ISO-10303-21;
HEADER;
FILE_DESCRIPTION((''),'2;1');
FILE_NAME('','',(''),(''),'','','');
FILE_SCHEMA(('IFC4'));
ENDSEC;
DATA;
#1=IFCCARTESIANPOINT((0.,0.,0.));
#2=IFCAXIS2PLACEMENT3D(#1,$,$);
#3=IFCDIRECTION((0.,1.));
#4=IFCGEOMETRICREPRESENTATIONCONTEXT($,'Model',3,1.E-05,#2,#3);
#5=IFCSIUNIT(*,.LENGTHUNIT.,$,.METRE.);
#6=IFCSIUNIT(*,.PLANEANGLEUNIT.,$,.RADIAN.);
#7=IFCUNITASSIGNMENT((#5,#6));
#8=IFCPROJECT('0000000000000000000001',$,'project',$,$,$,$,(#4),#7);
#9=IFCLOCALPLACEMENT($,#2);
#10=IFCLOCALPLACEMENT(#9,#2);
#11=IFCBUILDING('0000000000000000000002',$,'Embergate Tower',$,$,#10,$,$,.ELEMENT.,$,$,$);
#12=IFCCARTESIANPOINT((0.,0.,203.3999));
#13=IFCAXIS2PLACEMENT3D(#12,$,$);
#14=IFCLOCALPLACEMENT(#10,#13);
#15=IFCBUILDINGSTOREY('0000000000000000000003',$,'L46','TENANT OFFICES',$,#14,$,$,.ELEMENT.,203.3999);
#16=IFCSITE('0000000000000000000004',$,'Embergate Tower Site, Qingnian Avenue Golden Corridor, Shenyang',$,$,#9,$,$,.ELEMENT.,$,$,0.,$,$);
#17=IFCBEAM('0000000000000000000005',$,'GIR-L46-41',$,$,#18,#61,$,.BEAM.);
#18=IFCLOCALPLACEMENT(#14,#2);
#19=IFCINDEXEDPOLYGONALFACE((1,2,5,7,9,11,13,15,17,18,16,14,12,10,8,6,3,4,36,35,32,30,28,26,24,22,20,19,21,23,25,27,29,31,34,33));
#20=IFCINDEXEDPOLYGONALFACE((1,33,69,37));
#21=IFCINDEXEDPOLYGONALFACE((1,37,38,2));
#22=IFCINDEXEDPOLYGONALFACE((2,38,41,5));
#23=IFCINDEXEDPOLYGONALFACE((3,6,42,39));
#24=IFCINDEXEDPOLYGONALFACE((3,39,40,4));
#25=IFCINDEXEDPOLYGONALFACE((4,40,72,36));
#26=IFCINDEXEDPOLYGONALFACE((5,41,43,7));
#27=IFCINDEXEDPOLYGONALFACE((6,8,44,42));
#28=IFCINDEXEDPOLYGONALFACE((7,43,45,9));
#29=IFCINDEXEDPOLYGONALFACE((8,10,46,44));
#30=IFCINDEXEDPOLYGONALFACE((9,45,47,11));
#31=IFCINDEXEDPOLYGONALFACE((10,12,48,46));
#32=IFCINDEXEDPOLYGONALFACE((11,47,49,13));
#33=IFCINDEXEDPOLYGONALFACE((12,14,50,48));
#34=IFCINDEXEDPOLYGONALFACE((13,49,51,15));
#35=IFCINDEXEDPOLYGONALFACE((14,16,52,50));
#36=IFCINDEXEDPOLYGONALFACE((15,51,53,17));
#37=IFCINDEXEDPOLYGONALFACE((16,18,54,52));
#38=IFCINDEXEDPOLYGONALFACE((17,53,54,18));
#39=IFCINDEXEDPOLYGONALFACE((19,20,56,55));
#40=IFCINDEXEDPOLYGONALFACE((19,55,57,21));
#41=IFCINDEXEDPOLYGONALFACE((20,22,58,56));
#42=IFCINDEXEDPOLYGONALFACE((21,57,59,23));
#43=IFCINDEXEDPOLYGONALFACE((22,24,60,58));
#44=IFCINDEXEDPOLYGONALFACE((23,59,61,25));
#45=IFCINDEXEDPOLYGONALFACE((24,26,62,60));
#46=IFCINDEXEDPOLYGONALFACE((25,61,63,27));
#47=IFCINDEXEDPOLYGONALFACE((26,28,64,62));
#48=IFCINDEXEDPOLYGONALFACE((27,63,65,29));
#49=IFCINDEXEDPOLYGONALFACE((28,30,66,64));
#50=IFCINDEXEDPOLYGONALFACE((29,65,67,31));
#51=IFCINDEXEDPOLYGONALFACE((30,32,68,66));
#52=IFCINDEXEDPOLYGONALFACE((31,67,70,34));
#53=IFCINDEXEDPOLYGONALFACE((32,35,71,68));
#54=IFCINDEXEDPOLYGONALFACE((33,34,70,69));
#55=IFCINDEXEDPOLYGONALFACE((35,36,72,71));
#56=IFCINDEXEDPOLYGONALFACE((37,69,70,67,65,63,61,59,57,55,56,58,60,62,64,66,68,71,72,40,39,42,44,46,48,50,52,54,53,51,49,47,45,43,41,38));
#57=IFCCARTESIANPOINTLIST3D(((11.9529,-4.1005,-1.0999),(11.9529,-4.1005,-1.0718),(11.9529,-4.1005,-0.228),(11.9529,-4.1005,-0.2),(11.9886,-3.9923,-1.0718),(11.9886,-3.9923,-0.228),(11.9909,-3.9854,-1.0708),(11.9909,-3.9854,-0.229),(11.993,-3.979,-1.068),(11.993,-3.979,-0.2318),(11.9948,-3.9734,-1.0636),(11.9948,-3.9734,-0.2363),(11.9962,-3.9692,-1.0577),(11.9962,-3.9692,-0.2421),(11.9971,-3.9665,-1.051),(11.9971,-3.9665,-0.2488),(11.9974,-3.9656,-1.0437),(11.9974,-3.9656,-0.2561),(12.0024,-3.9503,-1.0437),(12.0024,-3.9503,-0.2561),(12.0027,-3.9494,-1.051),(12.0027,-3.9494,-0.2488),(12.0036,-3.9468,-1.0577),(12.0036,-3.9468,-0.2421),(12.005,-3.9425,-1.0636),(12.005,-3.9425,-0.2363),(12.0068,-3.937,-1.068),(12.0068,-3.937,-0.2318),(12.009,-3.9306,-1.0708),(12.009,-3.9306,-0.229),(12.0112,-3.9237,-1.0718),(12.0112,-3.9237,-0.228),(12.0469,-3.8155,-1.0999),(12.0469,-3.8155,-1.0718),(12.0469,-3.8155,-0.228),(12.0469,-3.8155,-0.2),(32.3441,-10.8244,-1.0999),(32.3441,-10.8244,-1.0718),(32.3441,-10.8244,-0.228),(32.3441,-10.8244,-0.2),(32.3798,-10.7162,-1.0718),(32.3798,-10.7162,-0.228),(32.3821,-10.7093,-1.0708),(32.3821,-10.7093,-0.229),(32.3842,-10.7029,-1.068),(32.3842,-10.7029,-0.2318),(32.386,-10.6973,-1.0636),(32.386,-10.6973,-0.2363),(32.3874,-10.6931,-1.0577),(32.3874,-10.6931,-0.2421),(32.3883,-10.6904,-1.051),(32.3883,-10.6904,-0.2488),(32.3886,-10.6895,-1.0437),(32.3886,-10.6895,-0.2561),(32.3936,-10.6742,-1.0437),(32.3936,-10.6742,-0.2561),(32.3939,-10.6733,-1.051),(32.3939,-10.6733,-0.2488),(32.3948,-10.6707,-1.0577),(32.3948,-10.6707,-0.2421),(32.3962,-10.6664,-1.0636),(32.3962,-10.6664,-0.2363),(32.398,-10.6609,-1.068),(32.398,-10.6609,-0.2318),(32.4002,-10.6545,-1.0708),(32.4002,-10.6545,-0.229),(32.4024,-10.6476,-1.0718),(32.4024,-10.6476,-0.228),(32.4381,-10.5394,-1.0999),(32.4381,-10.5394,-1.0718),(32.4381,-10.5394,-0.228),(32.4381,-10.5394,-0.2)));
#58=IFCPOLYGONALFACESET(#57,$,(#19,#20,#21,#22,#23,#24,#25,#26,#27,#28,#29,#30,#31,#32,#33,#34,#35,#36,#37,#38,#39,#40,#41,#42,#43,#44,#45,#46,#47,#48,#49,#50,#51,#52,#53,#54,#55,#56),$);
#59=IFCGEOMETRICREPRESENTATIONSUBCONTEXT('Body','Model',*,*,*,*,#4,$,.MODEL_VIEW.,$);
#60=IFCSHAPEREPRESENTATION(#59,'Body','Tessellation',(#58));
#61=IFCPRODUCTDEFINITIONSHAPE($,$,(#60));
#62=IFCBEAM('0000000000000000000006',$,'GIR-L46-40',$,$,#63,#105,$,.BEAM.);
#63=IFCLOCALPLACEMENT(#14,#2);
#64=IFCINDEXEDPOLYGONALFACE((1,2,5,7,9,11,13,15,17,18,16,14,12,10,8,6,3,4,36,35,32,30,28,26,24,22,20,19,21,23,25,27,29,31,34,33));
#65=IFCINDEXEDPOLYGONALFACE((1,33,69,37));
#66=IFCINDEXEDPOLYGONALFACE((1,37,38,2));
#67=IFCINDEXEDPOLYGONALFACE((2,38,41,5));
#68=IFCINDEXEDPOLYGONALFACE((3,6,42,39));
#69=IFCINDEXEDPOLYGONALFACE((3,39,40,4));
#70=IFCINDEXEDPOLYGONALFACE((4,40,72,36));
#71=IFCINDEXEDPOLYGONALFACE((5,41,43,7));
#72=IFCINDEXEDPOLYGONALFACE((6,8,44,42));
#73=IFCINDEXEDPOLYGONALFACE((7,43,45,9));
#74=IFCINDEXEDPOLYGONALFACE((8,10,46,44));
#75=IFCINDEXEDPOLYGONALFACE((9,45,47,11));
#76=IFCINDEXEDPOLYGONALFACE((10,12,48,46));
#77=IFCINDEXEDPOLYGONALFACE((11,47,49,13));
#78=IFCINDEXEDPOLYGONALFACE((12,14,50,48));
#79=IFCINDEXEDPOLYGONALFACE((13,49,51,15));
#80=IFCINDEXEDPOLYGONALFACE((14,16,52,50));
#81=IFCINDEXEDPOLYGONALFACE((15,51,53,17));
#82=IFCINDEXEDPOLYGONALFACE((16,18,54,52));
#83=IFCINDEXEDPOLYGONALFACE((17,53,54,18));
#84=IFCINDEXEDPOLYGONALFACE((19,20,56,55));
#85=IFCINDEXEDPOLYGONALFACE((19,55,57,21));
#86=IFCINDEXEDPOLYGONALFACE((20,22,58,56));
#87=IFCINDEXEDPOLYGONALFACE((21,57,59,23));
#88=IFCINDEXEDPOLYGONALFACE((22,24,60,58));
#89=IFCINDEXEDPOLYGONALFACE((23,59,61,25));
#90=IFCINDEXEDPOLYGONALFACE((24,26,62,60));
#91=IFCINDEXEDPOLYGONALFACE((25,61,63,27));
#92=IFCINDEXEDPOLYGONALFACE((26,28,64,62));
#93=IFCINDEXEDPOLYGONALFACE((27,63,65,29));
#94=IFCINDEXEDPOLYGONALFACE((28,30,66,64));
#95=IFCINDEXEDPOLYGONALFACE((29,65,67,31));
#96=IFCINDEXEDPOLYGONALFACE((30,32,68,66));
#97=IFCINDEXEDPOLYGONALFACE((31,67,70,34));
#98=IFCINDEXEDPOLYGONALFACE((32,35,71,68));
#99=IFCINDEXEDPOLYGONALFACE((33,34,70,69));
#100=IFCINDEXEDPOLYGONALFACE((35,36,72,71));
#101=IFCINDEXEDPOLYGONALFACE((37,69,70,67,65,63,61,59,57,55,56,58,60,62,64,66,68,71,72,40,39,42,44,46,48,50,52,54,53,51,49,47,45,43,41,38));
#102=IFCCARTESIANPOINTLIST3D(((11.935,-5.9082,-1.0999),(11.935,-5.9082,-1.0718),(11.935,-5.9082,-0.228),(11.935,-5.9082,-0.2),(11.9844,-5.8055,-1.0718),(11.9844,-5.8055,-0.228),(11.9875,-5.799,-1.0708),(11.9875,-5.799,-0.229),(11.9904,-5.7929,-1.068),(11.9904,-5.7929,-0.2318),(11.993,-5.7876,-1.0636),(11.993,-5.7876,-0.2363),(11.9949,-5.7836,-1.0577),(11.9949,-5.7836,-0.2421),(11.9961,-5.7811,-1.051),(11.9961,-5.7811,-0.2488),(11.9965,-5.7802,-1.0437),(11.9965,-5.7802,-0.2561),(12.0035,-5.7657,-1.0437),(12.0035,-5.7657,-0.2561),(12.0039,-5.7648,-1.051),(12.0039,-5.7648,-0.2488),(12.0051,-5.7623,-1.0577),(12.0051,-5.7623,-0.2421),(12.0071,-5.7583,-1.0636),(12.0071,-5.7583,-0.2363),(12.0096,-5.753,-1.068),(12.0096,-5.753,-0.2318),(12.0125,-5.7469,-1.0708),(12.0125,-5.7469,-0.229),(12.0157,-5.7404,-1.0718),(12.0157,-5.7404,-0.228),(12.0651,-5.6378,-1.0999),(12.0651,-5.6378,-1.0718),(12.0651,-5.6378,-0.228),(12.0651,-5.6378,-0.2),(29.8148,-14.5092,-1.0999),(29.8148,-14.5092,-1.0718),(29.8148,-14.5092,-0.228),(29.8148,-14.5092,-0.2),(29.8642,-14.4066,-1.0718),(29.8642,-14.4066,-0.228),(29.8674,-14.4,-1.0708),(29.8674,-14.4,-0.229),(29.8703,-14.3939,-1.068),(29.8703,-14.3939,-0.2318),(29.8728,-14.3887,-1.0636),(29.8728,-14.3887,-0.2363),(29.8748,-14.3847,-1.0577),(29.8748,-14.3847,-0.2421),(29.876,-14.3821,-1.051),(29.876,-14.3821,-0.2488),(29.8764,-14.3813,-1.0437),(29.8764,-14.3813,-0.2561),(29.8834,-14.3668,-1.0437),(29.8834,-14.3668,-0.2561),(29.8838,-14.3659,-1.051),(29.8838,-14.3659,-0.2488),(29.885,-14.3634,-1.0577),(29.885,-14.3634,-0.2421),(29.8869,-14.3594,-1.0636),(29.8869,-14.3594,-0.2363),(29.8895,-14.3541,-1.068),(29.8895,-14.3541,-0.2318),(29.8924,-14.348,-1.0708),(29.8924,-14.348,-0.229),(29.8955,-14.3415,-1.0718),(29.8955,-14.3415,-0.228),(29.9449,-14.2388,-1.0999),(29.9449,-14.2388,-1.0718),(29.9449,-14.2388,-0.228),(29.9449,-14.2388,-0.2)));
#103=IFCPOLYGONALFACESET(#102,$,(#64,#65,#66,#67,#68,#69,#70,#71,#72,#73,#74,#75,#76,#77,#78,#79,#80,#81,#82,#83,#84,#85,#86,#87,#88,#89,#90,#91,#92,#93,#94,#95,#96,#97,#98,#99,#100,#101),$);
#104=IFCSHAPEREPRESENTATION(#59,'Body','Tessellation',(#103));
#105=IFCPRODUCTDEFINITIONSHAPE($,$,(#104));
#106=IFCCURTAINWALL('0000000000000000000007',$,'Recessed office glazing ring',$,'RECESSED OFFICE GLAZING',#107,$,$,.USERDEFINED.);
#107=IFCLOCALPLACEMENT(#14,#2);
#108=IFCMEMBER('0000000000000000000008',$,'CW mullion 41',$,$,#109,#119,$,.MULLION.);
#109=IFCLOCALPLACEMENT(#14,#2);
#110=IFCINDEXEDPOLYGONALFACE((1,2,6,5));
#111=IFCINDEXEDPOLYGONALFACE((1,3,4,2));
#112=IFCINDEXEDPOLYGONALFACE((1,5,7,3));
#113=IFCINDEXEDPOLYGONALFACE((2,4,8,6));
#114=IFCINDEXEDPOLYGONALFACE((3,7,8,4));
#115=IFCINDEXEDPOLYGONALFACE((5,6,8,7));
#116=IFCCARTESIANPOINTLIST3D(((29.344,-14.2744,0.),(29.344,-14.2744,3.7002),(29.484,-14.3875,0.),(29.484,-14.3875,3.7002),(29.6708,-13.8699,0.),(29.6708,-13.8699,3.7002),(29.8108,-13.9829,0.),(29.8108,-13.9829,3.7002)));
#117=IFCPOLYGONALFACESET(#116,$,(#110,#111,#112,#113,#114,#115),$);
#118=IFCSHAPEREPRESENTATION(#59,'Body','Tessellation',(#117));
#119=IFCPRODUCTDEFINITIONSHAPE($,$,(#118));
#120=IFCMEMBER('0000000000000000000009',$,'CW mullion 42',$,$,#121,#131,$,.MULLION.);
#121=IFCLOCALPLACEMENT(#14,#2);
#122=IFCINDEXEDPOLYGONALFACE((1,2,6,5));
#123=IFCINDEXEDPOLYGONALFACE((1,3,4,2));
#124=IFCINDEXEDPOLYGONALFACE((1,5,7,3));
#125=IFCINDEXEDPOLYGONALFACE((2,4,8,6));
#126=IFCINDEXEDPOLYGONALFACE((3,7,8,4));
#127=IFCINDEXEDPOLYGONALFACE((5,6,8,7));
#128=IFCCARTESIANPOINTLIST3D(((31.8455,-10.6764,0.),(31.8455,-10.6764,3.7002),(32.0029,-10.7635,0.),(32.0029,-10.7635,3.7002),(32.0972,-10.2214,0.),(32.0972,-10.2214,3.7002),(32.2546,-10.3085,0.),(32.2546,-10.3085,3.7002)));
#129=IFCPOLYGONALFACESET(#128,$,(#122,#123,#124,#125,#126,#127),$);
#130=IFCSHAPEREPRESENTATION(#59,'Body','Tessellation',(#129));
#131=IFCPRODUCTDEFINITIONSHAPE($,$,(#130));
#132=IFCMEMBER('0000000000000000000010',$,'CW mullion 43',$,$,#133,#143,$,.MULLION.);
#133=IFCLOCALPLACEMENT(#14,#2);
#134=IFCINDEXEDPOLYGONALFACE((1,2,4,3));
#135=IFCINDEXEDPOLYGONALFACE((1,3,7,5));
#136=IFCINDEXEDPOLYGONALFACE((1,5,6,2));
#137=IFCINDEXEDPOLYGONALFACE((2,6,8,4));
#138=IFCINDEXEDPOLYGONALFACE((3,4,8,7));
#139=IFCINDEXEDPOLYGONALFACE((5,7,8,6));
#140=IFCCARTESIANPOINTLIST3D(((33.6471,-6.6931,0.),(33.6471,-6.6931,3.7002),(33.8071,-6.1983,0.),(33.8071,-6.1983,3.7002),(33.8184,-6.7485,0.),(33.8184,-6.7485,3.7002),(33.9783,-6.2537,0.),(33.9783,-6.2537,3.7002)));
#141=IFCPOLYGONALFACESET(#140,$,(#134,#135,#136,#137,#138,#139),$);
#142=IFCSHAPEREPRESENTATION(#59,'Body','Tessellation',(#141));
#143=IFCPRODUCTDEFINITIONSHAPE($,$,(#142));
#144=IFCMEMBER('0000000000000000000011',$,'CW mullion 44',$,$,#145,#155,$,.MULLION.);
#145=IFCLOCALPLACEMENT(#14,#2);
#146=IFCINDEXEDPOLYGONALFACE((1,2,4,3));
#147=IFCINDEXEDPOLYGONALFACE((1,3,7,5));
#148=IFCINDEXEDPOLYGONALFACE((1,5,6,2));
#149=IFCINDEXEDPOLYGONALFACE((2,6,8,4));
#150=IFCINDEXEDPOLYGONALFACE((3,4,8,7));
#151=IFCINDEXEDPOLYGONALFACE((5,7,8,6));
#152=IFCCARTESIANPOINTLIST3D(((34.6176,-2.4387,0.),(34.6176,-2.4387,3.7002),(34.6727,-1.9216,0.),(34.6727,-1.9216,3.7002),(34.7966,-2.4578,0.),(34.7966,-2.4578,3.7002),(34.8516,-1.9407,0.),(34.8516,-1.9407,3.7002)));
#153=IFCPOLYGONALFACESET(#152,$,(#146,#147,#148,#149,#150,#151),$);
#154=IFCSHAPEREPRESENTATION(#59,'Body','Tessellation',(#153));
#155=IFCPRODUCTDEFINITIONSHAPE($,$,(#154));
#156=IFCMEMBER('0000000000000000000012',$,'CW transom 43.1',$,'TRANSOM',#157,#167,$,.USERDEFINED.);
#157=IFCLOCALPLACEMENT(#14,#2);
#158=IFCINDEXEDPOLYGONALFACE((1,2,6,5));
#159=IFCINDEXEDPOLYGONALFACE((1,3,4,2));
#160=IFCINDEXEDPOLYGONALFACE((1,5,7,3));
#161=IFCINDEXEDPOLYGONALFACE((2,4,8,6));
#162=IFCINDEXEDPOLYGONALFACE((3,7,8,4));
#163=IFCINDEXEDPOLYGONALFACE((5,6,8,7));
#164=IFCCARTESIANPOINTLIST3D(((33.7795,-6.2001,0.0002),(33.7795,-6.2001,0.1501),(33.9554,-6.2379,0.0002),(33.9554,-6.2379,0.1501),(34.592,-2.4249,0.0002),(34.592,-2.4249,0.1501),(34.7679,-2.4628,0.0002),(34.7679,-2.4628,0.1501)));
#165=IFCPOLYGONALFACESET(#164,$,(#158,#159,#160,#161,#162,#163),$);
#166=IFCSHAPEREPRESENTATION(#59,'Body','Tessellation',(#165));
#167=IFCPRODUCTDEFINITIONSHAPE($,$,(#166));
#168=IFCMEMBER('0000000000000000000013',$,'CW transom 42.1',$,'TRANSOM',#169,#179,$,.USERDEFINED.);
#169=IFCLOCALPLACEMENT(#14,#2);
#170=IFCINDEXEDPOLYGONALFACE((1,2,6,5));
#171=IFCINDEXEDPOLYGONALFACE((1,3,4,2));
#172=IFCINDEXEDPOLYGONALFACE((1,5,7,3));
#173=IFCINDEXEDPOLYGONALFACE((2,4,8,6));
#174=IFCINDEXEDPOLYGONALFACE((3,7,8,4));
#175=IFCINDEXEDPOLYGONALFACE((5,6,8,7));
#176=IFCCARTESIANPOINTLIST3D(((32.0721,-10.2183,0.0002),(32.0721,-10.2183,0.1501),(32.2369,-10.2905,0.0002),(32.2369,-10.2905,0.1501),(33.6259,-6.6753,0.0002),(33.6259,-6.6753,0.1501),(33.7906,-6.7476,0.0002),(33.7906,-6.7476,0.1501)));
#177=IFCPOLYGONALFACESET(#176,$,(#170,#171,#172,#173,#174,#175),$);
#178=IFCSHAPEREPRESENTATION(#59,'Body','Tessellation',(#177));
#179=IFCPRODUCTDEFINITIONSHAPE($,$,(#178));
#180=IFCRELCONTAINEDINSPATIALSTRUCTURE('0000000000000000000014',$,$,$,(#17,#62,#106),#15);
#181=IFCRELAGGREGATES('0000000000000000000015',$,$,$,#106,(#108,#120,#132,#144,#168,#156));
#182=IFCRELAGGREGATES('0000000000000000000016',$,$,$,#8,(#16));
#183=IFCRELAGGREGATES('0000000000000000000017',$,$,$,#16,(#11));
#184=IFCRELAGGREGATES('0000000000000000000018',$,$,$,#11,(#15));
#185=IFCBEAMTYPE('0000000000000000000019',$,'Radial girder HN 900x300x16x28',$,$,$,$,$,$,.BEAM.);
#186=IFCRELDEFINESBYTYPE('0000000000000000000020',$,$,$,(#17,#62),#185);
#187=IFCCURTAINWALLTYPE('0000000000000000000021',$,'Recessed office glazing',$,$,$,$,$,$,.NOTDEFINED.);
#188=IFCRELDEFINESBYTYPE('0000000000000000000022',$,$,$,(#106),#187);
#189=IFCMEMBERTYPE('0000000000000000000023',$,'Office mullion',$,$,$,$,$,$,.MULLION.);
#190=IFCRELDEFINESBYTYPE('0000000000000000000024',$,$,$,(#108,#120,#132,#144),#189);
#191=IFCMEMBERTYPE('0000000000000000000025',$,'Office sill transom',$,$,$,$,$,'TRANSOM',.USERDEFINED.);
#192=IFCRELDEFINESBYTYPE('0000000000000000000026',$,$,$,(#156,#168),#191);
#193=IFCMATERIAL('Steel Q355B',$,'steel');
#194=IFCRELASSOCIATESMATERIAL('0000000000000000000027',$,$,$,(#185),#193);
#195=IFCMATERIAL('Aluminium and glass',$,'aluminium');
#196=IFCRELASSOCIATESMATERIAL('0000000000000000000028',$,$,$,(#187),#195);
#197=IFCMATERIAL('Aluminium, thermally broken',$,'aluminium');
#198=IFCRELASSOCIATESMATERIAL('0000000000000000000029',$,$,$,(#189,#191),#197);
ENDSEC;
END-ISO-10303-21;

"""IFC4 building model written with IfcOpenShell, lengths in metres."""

from ifc_helpers import new_model, si_unit, direction, frame, origin, origin_2d, place, context, subcontext, project, spatial, rectangle, i_section, extrude, source, transform, mapped, material, material_profile, profile_set, type_object, element, aggregate, save


model = new_model("IFC4")

# Units and contexts
model_context = context("Model", 3, precision=1e-05, world=origin(), true_north=direction((0.0, 1.0)))
body_context = subcontext(model_context, "Body", "Model", "MODEL_VIEW")
ifc_project = project(units=[si_unit("LENGTHUNIT", "METRE"), si_unit("PLANEANGLEUNIT", "RADIAN")], contexts=[model_context])

# Site, building, storey
site_placement = place(None, origin())
site = spatial("IfcSite", under=ifc_project, at=site_placement, Name="Embergate Tower Site, Qingnian Avenue Golden Corridor, Shenyang", CompositionType="ELEMENT", RefElevation=0.0)
building_placement = place(site_placement, origin())
building = spatial("IfcBuilding", under=site, at=building_placement, Name="Embergate Tower", CompositionType="ELEMENT")
storey_placement = place(building_placement, frame((0.0, 0.0, 203.3999)))
storey = spatial("IfcBuildingStorey", under=building, at=storey_placement, Name="L46", Description="TENANT OFFICES", CompositionType="ELEMENT", Elevation=203.3999)

# Beams
ifc_material_1 = material(Name="Steel Q355B", Category="steel")
ifc_material_profile_1 = material_profile(ifc_material_1, i_section(OverallWidth=0.3, OverallDepth=0.8999, WebThickness=0.0161, FlangeThickness=0.0281, FilletRadius=0.0281, at=origin_2d()), Name="HN 900x300x16x28")
ifc_profile_set_1 = profile_set([ifc_material_profile_1], Name="Steel Q355 grade B")
beam_type_1 = type_object("IfcBeamType", Name="Radial girder HN 900x300x16x28", PredefinedType="BEAM", material=ifc_profile_set_1)
shared_shape_1 = source(origin(), body_context, "Body", "SweptSolid", [
    extrude(i_section(OverallWidth=0.3, OverallDepth=0.8999, WebThickness=0.0161, FlangeThickness=0.0281, FilletRadius=0.0281, at=origin_2d()), origin(), (0.0, 0.0, 1.0), 21.4712),
])
beam_1_placement = place(storey_placement, frame((32.3911, -10.6819, -0.6499), z_axis=(-0.949701, 0.313159, 0.0), x_axis=(-0.313159, -0.949701, 0.0)))
element("IfcBeam", 1, at=beam_1_placement, inside=storey, type_object=beam_type_1, Name="GIR-L46-41", PredefinedType="BEAM", context=body_context, shape_type="MappedRepresentation", body=[
    mapped(shared_shape_1, transform((0.0, 0.0, 0.0))),
])
shared_shape_2 = source(origin(), body_context, "Body", "SweptSolid", [
    extrude(i_section(OverallWidth=0.3, OverallDepth=0.8999, WebThickness=0.0161, FlangeThickness=0.0281, FilletRadius=0.0281, at=origin_2d()), origin(), (0.0, 0.0, 1.0), 19.8411),
])
beam_2_placement = place(storey_placement, frame((29.8799, -14.374, -0.6499), z_axis=(-0.901154, 0.433498, 0.0), x_axis=(-0.433498, -0.901154, 0.0)))
element("IfcBeam", 2, at=beam_2_placement, inside=storey, type_object=beam_type_1, Name="GIR-L46-40", PredefinedType="BEAM", context=body_context, shape_type="MappedRepresentation", body=[
    mapped(shared_shape_2, transform((0.0, 0.0, 0.0))),
])

# Curtain wall, members
ifc_material_2 = material(Name="Aluminium and glass", Category="aluminium")
curtain_wall_type = type_object("IfcCurtainWallType", Name="Recessed office glazing", PredefinedType="NOTDEFINED", material=ifc_material_2)
curtain_wall_placement = place(storey_placement, origin())
curtain_wall = element("IfcCurtainWall", 3, at=curtain_wall_placement, inside=storey, type_object=curtain_wall_type, Name="Recessed office glazing ring", ObjectType="RECESSED OFFICE GLAZING", PredefinedType="USERDEFINED")
ifc_material_3 = material(Name="Aluminium, thermally broken", Category="aluminium")
ifc_material_profile_2 = material_profile(ifc_material_3, rectangle(XDim=0.1799, YDim=0.52, at=origin_2d()), Name="AL 520x180")
ifc_profile_set_2 = profile_set([ifc_material_profile_2], Name="Aluminium, thermally broken")
member_type_1 = type_object("IfcMemberType", Name="Office mullion", PredefinedType="MULLION", material=ifc_profile_set_2)
shared_shape_3 = source(origin(), body_context, "Body", "SweptSolid", [
    extrude(rectangle(XDim=0.1799, YDim=0.52, at=origin_2d()), origin(), (0.0, 0.0, 1.0), 3.7002),
])
member_1_placement = place(storey_placement, frame((29.5774, -14.1287, 0.0), z_axis=(0.0, 0.0, 1.0), x_axis=(-0.777879, 0.628414, 0.0)))
member_1 = element("IfcMember", 4, at=member_1_placement, type_object=member_type_1, Name="CW mullion 41", PredefinedType="MULLION", context=body_context, shape_type="MappedRepresentation", body=[
    mapped(shared_shape_3, transform((0.0, 0.0, 0.0))),
])
member_2_placement = place(storey_placement, frame((32.05, -10.4924, 0.0), z_axis=(0.0, 0.0, 1.0), x_axis=(-0.875006, 0.484112, 0.0)))
member_2 = element("IfcMember", 5, at=member_2_placement, type_object=member_type_1, Name="CW mullion 42", PredefinedType="MULLION", context=body_context, shape_type="MappedRepresentation", body=[
    mapped(shared_shape_3, transform((0.0, 0.0, 0.0))),
])
member_3_placement = place(storey_placement, frame((33.8127, -6.4734, 0.0), z_axis=(0.0, 0.0, 1.0), x_axis=(-0.951499, 0.307651, 0.0)))
member_3 = element("IfcMember", 6, at=member_3_placement, type_object=member_type_1, Name="CW mullion 43", PredefinedType="MULLION", context=body_context, shape_type="MappedRepresentation", body=[
    mapped(shared_shape_3, transform((0.0, 0.0, 0.0))),
])
member_4_placement = place(storey_placement, frame((34.7346, -2.1897, 0.0), z_axis=(0.0, 0.0, 1.0), x_axis=(-0.994385, 0.105822, 0.0)))
member_4 = element("IfcMember", 7, at=member_4_placement, type_object=member_type_1, Name="CW mullion 44", PredefinedType="MULLION", context=body_context, shape_type="MappedRepresentation", body=[
    mapped(shared_shape_3, transform((0.0, 0.0, 0.0))),
])
ifc_material_profile_3 = material_profile(ifc_material_3, rectangle(XDim=0.1799, YDim=0.1499, at=origin_2d()), Name="AL 150x180")
ifc_profile_set_3 = profile_set([ifc_material_profile_3], Name="Aluminium, thermally broken")
member_type_2 = type_object("IfcMemberType", Name="Office sill transom", ElementType="TRANSOM", PredefinedType="USERDEFINED", material=ifc_profile_set_3)
shared_shape_4 = source(origin(), body_context, "Body", "SweptSolid", [
    extrude(rectangle(XDim=0.1799, YDim=0.1499, at=origin_2d()), origin(), (0.0, 0.0, 1.0), 3.8616),
])
member_5_placement = place(storey_placement, frame((33.8674, -6.219, 0.0752), z_axis=(0.210405, 0.977614, 0.0), x_axis=(-0.977614, 0.210405, 0.0)))
member_5 = element("IfcMember", 8, at=member_5_placement, type_object=member_type_2, Name="CW transom 43.1", ObjectType="TRANSOM", PredefinedType="USERDEFINED", context=body_context, shape_type="MappedRepresentation", body=[
    mapped(shared_shape_4, transform((0.0, 0.0, 0.0))),
])
shared_shape_5 = source(origin(), body_context, "Body", "SweptSolid", [
    extrude(rectangle(XDim=0.1799, YDim=0.1499, at=origin_2d()), origin(), (0.0, 0.0, 1.0), 3.8687),
])
member_6_placement = place(storey_placement, frame((32.1545, -10.2544, 0.0752), z_axis=(0.401613, 0.915809, 0.0), x_axis=(-0.915809, 0.401613, 0.0)))
member_6 = element("IfcMember", 9, at=member_6_placement, type_object=member_type_2, Name="CW transom 42.1", ObjectType="TRANSOM", PredefinedType="USERDEFINED", context=body_context, shape_type="MappedRepresentation", body=[
    mapped(shared_shape_5, transform((0.0, 0.0, 0.0))),
])
aggregate(curtain_wall, [member_1, member_2, member_3, member_4, member_6, member_5])

save(model, "model.ifc")
